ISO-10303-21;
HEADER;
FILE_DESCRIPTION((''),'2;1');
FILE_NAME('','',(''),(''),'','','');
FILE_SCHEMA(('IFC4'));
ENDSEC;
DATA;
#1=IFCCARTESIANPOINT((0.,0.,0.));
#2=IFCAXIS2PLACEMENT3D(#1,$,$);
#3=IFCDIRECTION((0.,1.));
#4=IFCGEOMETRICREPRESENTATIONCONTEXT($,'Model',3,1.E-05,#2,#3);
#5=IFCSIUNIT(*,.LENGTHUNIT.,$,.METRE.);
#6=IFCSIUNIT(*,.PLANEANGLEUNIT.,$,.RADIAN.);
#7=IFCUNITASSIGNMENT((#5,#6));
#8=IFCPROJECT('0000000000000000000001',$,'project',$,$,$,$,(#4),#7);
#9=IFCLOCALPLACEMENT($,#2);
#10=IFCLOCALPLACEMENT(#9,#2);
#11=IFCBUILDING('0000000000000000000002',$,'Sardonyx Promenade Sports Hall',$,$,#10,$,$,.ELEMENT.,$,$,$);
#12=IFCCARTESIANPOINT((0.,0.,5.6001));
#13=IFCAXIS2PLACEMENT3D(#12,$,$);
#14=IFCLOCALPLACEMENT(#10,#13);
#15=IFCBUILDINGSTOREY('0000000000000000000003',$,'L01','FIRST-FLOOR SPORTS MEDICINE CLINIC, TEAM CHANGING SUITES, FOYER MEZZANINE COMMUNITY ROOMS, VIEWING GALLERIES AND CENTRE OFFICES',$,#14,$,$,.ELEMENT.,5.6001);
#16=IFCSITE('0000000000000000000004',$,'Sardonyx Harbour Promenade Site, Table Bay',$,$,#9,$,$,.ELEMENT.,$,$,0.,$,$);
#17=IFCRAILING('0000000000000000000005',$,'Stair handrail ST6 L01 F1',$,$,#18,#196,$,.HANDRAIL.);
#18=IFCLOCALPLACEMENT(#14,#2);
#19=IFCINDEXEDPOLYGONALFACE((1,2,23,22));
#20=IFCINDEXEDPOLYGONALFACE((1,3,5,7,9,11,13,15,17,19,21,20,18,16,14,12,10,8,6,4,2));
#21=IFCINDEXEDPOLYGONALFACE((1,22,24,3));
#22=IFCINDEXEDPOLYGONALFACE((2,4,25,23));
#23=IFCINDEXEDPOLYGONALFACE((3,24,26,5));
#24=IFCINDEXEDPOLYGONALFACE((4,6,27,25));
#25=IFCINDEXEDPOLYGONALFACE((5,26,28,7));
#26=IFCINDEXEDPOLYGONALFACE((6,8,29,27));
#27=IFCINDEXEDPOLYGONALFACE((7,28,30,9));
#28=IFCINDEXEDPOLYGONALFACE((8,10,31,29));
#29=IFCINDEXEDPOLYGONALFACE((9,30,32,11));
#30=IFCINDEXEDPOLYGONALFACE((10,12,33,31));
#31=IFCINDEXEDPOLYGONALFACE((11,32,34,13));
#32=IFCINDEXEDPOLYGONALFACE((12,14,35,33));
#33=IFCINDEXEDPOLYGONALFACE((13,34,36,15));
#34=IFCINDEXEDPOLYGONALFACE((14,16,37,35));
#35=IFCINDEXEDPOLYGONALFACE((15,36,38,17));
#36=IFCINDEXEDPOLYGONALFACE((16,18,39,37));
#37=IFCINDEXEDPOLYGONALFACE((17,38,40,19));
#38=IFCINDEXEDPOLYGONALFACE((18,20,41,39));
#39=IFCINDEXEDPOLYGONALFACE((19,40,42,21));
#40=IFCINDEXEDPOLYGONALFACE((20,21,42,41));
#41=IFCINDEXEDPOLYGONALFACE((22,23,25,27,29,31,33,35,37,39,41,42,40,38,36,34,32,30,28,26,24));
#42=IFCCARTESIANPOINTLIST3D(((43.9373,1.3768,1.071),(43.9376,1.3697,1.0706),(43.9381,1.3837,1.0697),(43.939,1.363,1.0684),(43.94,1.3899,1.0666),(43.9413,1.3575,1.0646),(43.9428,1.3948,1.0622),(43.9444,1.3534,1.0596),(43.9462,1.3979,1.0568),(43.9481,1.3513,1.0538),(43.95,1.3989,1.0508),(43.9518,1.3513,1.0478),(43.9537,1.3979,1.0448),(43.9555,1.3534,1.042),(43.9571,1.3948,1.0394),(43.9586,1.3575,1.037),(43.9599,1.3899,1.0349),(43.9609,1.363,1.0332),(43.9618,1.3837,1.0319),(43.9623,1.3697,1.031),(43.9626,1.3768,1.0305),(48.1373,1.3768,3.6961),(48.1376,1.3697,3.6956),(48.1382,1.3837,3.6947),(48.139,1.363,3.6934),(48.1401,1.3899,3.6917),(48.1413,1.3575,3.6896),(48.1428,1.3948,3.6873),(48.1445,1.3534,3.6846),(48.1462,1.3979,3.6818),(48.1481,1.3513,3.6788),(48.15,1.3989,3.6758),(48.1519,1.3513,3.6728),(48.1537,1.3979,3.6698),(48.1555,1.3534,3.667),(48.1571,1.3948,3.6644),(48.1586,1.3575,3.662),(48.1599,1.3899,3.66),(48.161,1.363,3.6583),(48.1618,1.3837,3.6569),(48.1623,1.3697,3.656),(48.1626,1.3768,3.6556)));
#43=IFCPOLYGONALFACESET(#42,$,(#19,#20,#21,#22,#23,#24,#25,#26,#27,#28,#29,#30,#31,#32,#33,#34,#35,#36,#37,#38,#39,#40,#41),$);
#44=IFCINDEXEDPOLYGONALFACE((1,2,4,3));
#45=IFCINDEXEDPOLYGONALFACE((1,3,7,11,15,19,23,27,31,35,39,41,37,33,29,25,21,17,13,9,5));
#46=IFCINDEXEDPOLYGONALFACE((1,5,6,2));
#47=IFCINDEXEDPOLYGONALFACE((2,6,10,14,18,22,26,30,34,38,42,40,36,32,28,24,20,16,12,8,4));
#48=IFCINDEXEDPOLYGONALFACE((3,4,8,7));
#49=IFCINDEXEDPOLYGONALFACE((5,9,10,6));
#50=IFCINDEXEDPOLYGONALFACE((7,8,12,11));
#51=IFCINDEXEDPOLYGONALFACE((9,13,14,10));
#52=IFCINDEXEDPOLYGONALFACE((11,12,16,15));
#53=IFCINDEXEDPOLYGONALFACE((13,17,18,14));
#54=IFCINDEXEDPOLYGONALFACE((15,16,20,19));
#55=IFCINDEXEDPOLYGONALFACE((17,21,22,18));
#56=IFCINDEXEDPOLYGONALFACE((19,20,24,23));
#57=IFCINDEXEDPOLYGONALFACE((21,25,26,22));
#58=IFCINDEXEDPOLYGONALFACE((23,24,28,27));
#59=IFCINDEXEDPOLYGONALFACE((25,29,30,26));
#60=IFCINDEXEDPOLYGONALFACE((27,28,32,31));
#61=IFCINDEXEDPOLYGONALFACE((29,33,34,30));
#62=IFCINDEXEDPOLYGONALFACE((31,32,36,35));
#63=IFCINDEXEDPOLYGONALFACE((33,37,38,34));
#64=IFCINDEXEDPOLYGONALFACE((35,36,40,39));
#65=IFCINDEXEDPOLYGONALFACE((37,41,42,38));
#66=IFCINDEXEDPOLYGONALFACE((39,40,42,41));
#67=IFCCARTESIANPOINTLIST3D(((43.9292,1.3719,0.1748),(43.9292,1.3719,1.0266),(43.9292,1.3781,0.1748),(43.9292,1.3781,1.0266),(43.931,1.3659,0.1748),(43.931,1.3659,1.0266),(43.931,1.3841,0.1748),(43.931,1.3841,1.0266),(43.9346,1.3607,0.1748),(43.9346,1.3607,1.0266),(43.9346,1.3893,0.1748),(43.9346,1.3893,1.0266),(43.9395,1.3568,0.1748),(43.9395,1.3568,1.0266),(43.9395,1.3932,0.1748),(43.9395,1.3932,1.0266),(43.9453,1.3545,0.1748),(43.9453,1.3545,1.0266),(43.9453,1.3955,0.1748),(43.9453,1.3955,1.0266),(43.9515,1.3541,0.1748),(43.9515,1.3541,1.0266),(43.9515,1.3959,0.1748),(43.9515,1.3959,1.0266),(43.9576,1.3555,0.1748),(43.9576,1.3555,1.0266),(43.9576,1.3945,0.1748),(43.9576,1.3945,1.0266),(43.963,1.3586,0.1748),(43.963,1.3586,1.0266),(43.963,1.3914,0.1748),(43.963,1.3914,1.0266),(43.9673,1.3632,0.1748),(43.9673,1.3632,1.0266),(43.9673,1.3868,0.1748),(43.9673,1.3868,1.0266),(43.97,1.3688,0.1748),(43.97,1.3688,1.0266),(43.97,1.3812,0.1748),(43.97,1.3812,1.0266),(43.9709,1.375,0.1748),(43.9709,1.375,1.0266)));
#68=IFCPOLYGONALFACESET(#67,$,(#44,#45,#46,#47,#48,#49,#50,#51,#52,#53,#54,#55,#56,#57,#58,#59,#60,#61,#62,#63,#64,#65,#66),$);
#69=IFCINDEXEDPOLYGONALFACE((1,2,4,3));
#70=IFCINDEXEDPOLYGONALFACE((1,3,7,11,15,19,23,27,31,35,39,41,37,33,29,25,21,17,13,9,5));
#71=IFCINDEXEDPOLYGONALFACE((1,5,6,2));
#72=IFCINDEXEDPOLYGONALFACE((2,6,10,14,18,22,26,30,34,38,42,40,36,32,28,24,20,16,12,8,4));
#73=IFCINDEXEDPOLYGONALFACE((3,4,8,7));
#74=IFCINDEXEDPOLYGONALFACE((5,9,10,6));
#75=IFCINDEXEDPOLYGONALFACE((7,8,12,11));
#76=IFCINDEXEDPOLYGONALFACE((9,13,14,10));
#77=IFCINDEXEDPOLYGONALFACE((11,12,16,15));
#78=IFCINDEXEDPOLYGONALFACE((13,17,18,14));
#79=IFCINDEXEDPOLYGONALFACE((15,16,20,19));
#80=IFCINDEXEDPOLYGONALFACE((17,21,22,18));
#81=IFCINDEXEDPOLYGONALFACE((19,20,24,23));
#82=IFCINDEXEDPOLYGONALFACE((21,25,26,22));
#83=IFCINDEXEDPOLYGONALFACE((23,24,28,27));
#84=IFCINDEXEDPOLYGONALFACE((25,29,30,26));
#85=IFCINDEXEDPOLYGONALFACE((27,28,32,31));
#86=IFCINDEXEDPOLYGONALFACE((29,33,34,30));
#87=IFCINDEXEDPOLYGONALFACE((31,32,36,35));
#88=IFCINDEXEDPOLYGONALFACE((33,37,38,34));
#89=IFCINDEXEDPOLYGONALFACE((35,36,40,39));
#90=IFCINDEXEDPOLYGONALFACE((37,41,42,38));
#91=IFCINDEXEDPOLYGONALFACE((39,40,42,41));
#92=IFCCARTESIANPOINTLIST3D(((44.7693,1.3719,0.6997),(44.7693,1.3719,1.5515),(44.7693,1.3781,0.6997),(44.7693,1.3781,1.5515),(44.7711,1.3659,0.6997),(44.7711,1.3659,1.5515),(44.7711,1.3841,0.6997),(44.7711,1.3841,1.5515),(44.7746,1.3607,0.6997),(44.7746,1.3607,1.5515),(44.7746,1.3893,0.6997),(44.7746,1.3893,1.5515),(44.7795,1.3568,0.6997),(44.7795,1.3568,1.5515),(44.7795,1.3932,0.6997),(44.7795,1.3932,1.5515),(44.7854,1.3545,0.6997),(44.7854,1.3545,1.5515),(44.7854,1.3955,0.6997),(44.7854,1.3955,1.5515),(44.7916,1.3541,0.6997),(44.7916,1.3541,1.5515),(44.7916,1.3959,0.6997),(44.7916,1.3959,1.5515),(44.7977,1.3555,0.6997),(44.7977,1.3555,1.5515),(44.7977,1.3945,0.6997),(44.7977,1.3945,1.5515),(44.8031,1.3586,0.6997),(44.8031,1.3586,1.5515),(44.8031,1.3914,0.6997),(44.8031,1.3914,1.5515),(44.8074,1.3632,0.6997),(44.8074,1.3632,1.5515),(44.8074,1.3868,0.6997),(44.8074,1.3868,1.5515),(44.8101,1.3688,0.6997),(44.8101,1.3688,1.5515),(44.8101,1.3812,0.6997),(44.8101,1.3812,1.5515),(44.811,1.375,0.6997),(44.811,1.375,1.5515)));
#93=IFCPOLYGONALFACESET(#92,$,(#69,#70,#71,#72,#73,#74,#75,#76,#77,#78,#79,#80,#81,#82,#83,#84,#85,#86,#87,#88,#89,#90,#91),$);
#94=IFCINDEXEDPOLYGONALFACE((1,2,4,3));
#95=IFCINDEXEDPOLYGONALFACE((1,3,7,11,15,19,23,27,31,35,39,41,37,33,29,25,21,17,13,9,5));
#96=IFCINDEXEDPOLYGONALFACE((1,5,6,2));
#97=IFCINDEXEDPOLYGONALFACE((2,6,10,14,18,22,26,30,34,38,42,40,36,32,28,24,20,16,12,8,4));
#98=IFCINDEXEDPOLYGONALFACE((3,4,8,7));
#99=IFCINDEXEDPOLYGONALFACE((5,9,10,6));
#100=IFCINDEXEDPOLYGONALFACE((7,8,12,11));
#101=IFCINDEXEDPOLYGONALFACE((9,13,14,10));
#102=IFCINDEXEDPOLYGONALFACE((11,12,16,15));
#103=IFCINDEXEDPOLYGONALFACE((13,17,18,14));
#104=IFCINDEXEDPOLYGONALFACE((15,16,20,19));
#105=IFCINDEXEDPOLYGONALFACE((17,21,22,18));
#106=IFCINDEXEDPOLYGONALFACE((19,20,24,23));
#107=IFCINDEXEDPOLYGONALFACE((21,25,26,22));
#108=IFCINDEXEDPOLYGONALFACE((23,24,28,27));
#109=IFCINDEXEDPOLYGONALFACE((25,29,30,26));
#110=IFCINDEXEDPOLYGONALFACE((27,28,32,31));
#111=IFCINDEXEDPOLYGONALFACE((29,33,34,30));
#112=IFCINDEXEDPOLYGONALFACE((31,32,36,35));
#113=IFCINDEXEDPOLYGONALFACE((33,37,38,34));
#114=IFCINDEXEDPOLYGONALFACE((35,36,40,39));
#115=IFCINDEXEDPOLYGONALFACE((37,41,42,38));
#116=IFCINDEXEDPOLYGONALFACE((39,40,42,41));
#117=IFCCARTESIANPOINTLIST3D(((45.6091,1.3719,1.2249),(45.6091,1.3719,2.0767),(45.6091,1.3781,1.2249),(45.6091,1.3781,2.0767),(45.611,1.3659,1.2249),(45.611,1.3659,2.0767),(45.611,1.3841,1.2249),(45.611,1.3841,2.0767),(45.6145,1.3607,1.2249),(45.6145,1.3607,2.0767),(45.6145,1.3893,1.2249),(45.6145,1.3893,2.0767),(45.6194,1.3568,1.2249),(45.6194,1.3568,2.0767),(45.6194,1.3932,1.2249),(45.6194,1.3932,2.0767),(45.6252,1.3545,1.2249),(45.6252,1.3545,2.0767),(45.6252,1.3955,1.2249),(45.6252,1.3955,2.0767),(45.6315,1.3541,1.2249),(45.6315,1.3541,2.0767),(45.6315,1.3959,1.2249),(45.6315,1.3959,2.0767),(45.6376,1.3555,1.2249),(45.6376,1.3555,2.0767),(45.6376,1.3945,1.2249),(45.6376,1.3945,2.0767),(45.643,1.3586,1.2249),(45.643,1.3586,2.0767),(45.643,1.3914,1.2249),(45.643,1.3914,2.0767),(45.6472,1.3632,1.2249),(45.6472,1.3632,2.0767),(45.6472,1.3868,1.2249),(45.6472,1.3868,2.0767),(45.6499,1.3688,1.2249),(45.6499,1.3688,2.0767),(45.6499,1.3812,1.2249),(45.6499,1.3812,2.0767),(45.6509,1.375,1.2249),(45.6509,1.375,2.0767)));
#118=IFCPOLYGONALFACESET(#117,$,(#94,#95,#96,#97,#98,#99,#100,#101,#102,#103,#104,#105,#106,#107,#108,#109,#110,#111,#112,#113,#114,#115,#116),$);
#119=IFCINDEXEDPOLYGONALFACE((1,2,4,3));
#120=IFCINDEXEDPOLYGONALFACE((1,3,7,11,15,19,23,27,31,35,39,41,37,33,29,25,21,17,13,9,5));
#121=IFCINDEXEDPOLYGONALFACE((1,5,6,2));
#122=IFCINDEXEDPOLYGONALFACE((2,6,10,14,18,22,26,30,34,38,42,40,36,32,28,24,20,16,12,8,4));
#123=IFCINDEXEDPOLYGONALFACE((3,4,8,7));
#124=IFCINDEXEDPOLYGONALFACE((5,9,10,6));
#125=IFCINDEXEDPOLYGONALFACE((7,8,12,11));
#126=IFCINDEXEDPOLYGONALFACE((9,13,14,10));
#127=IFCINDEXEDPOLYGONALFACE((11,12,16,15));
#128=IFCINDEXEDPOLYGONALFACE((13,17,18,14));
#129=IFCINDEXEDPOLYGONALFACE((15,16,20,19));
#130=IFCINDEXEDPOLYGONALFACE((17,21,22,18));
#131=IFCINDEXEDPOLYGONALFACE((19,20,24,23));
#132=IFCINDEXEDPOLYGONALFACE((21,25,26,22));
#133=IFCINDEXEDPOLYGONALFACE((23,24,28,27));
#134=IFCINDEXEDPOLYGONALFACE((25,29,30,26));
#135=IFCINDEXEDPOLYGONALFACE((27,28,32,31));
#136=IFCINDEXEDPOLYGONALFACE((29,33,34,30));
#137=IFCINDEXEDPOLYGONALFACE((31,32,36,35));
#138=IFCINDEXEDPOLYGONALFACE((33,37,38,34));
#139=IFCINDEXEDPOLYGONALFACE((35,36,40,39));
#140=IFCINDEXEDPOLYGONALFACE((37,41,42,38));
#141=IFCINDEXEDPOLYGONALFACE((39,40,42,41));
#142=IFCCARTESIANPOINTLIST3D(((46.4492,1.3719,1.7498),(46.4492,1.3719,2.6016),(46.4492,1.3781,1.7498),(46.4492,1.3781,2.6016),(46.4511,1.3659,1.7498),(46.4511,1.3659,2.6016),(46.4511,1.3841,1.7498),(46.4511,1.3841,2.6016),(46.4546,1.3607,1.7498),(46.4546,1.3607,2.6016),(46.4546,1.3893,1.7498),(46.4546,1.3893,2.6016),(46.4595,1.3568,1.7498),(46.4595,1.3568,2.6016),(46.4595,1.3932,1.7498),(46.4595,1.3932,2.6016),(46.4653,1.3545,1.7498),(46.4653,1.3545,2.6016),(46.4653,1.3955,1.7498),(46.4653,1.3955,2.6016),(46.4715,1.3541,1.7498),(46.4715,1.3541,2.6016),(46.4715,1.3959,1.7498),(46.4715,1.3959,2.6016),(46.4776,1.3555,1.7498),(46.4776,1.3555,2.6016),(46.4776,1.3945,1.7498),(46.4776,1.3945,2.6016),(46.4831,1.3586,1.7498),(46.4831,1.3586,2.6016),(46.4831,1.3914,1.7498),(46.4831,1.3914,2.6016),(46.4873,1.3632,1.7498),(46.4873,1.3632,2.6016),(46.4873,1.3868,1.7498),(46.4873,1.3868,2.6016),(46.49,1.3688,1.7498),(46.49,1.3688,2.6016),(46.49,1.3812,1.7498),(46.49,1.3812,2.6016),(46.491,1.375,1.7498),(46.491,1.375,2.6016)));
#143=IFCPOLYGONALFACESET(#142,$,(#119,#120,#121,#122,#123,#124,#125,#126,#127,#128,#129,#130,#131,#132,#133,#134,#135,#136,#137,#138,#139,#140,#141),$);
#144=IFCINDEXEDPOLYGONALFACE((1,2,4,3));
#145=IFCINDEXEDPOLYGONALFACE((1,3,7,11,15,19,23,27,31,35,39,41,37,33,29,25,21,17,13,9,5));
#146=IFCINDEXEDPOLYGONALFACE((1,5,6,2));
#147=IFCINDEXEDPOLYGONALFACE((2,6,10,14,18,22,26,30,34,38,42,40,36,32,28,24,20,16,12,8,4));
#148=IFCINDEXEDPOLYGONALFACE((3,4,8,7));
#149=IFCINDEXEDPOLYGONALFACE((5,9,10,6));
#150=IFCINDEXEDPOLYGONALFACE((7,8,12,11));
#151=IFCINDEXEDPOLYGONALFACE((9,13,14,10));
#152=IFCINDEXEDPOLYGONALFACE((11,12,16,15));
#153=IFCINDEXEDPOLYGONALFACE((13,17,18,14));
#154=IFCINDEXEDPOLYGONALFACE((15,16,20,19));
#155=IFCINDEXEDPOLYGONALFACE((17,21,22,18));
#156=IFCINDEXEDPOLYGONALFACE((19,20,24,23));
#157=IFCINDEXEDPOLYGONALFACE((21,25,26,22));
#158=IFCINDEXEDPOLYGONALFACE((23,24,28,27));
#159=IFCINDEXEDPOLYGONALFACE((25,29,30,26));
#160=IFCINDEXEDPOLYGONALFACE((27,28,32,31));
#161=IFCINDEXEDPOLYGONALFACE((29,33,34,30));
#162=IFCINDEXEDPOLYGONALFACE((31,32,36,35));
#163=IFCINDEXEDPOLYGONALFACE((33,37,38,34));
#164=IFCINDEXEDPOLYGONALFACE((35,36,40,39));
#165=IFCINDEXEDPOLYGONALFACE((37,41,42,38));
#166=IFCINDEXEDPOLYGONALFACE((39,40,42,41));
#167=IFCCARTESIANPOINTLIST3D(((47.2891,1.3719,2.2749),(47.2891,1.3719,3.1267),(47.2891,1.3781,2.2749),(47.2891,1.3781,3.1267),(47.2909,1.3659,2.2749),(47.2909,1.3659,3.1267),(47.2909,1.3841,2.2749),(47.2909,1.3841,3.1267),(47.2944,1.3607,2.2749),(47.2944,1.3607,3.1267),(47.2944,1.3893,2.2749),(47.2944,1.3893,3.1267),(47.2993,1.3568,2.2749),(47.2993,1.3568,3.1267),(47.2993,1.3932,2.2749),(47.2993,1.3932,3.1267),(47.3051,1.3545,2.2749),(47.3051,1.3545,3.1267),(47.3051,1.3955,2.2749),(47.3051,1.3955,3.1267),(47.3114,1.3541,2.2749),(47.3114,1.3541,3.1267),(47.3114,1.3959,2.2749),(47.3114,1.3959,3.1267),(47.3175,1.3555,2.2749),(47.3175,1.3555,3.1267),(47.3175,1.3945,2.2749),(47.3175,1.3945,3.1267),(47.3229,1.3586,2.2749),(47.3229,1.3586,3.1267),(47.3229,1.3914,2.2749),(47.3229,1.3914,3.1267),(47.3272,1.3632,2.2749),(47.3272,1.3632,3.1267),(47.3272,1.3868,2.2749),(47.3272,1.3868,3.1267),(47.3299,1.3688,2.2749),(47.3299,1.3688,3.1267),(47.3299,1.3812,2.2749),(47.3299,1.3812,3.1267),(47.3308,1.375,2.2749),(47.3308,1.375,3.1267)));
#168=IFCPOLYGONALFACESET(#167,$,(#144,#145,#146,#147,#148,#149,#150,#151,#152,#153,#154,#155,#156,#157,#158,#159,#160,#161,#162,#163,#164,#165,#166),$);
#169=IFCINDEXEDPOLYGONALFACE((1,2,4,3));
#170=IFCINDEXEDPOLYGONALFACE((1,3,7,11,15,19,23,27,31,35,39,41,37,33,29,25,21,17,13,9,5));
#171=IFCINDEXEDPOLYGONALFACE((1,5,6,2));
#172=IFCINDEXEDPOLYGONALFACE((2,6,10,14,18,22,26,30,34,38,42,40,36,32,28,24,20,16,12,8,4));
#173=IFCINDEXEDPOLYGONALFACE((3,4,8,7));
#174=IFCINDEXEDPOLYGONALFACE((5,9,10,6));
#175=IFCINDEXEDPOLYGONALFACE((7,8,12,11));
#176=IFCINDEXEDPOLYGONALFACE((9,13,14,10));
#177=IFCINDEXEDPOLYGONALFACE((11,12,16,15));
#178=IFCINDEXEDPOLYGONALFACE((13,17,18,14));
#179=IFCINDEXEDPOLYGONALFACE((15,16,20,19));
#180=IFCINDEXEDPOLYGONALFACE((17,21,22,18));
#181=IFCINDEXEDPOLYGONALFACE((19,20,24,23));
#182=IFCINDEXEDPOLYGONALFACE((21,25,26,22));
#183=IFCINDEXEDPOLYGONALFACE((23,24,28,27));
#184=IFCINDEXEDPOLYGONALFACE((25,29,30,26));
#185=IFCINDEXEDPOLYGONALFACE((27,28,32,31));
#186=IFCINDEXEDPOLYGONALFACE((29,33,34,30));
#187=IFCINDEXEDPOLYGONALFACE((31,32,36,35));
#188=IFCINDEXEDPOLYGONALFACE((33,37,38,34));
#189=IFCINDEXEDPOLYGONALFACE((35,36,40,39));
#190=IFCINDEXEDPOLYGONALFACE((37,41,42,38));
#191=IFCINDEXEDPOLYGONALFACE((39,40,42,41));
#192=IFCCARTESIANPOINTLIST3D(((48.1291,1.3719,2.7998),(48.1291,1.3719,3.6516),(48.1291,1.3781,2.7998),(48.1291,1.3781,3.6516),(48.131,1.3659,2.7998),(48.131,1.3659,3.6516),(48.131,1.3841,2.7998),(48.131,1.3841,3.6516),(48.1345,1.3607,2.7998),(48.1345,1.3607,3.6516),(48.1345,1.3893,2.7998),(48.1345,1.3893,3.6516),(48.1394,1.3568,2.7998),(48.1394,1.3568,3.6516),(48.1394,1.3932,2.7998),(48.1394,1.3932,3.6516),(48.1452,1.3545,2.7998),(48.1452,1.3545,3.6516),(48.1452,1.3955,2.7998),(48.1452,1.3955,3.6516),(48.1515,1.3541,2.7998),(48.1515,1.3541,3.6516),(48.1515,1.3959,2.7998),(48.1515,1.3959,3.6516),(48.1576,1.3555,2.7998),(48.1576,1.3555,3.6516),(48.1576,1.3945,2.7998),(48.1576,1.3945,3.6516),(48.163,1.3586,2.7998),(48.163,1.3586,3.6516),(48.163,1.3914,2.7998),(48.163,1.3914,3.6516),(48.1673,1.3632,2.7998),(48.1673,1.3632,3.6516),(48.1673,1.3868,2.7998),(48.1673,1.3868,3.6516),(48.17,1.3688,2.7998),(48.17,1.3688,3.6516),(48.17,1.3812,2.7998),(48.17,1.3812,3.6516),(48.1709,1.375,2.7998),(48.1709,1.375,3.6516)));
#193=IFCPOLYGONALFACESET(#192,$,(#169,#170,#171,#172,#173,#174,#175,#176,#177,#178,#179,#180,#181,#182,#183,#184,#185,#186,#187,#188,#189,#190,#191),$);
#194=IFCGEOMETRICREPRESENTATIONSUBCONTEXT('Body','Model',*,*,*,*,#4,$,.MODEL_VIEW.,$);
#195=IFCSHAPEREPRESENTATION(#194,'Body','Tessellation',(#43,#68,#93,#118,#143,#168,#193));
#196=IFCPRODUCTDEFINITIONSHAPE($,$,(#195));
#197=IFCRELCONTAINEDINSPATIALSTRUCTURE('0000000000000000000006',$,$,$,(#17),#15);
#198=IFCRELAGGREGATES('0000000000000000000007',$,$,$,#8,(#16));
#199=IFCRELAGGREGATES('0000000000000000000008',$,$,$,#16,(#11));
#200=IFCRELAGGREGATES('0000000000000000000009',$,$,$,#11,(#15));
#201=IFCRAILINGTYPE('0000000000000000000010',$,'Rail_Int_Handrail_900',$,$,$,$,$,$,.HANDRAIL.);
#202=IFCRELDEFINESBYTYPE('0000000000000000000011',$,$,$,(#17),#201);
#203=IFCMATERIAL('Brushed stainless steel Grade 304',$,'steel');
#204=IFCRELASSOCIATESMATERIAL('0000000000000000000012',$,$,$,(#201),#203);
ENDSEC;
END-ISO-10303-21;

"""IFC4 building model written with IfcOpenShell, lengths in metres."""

from ifc_helpers import new_model, si_unit, direction, frame, origin, origin_2d, place, context, subcontext, project, spatial, circle, extrude, material, type_object, element, save


model = new_model("IFC4")

# Units and contexts
model_context = context("Model", 3, precision=1e-05, world=origin(), true_north=direction((0.0, 1.0)))
body_context = subcontext(model_context, "Body", "Model", "MODEL_VIEW")
ifc_project = project(units=[si_unit("LENGTHUNIT", "METRE"), si_unit("PLANEANGLEUNIT", "RADIAN")], contexts=[model_context])

# Site, building, storey
site_placement = place(None, origin())
site = spatial("IfcSite", under=ifc_project, at=site_placement, Name="Sardonyx Harbour Promenade Site, Table Bay", CompositionType="ELEMENT", RefElevation=0.0)
building_placement = place(site_placement, origin())
building = spatial("IfcBuilding", under=site, at=building_placement, Name="Sardonyx Promenade Sports Hall", CompositionType="ELEMENT")
storey_placement = place(building_placement, frame((0.0, 0.0, 5.6001)))
storey = spatial("IfcBuildingStorey", under=building, at=storey_placement, Name="L01", Description="FIRST-FLOOR SPORTS MEDICINE CLINIC, TEAM CHANGING SUITES, FOYER MEZZANINE COMMUNITY ROOMS, VIEWING GALLERIES AND CENTRE OFFICES", CompositionType="ELEMENT", Elevation=5.6001)

# Railing
ifc_material_1 = material(Name="Brushed stainless steel Grade 304", Category="steel")
railing_type_1 = type_object("IfcRailingType", Name="Rail_Int_Handrail_900", PredefinedType="HANDRAIL", material=ifc_material_1)
railing_1_placement = place(storey_placement, frame((43.95, 1.375, 0.1748)))
element("IfcRailing", 1, at=railing_1_placement, inside=storey, type_object=railing_type_1, Name="Stair handrail ST6 L01 F1", PredefinedType="HANDRAIL", context=body_context, shape_type="SweptSolid", body=[
    extrude(circle(Radius=0.0239, at=origin_2d()), frame((0.0, 0.0, 0.876), z_axis=(0.847996, 0.0, 0.530003), x_axis=(0.0, 1.0, 0.0)), (0.0, 0.0, 1.0), 4.9529),
    extrude(circle(Radius=0.021, at=origin_2d()), origin(), (0.0, 0.0, 1.0), 0.8518),
    extrude(circle(Radius=0.021, at=origin_2d()), frame((0.8401, 0.0, 0.5249)), (0.0, 0.0, 1.0), 0.8518),
    extrude(circle(Radius=0.021, at=origin_2d()), frame((1.6799, 0.0, 1.05)), (0.0, 0.0, 1.0), 0.8518),
    extrude(circle(Radius=0.021, at=origin_2d()), frame((2.52, 0.0, 1.575)), (0.0, 0.0, 1.0), 0.8518),
    extrude(circle(Radius=0.021, at=origin_2d()), frame((3.3599, 0.0, 2.1001)), (0.0, 0.0, 1.0), 0.8518),
    extrude(circle(Radius=0.021, at=origin_2d()), frame((4.2, 0.0, 2.625)), (0.0, 0.0, 1.0), 0.8518),
])

save(model, "model.ifc")
